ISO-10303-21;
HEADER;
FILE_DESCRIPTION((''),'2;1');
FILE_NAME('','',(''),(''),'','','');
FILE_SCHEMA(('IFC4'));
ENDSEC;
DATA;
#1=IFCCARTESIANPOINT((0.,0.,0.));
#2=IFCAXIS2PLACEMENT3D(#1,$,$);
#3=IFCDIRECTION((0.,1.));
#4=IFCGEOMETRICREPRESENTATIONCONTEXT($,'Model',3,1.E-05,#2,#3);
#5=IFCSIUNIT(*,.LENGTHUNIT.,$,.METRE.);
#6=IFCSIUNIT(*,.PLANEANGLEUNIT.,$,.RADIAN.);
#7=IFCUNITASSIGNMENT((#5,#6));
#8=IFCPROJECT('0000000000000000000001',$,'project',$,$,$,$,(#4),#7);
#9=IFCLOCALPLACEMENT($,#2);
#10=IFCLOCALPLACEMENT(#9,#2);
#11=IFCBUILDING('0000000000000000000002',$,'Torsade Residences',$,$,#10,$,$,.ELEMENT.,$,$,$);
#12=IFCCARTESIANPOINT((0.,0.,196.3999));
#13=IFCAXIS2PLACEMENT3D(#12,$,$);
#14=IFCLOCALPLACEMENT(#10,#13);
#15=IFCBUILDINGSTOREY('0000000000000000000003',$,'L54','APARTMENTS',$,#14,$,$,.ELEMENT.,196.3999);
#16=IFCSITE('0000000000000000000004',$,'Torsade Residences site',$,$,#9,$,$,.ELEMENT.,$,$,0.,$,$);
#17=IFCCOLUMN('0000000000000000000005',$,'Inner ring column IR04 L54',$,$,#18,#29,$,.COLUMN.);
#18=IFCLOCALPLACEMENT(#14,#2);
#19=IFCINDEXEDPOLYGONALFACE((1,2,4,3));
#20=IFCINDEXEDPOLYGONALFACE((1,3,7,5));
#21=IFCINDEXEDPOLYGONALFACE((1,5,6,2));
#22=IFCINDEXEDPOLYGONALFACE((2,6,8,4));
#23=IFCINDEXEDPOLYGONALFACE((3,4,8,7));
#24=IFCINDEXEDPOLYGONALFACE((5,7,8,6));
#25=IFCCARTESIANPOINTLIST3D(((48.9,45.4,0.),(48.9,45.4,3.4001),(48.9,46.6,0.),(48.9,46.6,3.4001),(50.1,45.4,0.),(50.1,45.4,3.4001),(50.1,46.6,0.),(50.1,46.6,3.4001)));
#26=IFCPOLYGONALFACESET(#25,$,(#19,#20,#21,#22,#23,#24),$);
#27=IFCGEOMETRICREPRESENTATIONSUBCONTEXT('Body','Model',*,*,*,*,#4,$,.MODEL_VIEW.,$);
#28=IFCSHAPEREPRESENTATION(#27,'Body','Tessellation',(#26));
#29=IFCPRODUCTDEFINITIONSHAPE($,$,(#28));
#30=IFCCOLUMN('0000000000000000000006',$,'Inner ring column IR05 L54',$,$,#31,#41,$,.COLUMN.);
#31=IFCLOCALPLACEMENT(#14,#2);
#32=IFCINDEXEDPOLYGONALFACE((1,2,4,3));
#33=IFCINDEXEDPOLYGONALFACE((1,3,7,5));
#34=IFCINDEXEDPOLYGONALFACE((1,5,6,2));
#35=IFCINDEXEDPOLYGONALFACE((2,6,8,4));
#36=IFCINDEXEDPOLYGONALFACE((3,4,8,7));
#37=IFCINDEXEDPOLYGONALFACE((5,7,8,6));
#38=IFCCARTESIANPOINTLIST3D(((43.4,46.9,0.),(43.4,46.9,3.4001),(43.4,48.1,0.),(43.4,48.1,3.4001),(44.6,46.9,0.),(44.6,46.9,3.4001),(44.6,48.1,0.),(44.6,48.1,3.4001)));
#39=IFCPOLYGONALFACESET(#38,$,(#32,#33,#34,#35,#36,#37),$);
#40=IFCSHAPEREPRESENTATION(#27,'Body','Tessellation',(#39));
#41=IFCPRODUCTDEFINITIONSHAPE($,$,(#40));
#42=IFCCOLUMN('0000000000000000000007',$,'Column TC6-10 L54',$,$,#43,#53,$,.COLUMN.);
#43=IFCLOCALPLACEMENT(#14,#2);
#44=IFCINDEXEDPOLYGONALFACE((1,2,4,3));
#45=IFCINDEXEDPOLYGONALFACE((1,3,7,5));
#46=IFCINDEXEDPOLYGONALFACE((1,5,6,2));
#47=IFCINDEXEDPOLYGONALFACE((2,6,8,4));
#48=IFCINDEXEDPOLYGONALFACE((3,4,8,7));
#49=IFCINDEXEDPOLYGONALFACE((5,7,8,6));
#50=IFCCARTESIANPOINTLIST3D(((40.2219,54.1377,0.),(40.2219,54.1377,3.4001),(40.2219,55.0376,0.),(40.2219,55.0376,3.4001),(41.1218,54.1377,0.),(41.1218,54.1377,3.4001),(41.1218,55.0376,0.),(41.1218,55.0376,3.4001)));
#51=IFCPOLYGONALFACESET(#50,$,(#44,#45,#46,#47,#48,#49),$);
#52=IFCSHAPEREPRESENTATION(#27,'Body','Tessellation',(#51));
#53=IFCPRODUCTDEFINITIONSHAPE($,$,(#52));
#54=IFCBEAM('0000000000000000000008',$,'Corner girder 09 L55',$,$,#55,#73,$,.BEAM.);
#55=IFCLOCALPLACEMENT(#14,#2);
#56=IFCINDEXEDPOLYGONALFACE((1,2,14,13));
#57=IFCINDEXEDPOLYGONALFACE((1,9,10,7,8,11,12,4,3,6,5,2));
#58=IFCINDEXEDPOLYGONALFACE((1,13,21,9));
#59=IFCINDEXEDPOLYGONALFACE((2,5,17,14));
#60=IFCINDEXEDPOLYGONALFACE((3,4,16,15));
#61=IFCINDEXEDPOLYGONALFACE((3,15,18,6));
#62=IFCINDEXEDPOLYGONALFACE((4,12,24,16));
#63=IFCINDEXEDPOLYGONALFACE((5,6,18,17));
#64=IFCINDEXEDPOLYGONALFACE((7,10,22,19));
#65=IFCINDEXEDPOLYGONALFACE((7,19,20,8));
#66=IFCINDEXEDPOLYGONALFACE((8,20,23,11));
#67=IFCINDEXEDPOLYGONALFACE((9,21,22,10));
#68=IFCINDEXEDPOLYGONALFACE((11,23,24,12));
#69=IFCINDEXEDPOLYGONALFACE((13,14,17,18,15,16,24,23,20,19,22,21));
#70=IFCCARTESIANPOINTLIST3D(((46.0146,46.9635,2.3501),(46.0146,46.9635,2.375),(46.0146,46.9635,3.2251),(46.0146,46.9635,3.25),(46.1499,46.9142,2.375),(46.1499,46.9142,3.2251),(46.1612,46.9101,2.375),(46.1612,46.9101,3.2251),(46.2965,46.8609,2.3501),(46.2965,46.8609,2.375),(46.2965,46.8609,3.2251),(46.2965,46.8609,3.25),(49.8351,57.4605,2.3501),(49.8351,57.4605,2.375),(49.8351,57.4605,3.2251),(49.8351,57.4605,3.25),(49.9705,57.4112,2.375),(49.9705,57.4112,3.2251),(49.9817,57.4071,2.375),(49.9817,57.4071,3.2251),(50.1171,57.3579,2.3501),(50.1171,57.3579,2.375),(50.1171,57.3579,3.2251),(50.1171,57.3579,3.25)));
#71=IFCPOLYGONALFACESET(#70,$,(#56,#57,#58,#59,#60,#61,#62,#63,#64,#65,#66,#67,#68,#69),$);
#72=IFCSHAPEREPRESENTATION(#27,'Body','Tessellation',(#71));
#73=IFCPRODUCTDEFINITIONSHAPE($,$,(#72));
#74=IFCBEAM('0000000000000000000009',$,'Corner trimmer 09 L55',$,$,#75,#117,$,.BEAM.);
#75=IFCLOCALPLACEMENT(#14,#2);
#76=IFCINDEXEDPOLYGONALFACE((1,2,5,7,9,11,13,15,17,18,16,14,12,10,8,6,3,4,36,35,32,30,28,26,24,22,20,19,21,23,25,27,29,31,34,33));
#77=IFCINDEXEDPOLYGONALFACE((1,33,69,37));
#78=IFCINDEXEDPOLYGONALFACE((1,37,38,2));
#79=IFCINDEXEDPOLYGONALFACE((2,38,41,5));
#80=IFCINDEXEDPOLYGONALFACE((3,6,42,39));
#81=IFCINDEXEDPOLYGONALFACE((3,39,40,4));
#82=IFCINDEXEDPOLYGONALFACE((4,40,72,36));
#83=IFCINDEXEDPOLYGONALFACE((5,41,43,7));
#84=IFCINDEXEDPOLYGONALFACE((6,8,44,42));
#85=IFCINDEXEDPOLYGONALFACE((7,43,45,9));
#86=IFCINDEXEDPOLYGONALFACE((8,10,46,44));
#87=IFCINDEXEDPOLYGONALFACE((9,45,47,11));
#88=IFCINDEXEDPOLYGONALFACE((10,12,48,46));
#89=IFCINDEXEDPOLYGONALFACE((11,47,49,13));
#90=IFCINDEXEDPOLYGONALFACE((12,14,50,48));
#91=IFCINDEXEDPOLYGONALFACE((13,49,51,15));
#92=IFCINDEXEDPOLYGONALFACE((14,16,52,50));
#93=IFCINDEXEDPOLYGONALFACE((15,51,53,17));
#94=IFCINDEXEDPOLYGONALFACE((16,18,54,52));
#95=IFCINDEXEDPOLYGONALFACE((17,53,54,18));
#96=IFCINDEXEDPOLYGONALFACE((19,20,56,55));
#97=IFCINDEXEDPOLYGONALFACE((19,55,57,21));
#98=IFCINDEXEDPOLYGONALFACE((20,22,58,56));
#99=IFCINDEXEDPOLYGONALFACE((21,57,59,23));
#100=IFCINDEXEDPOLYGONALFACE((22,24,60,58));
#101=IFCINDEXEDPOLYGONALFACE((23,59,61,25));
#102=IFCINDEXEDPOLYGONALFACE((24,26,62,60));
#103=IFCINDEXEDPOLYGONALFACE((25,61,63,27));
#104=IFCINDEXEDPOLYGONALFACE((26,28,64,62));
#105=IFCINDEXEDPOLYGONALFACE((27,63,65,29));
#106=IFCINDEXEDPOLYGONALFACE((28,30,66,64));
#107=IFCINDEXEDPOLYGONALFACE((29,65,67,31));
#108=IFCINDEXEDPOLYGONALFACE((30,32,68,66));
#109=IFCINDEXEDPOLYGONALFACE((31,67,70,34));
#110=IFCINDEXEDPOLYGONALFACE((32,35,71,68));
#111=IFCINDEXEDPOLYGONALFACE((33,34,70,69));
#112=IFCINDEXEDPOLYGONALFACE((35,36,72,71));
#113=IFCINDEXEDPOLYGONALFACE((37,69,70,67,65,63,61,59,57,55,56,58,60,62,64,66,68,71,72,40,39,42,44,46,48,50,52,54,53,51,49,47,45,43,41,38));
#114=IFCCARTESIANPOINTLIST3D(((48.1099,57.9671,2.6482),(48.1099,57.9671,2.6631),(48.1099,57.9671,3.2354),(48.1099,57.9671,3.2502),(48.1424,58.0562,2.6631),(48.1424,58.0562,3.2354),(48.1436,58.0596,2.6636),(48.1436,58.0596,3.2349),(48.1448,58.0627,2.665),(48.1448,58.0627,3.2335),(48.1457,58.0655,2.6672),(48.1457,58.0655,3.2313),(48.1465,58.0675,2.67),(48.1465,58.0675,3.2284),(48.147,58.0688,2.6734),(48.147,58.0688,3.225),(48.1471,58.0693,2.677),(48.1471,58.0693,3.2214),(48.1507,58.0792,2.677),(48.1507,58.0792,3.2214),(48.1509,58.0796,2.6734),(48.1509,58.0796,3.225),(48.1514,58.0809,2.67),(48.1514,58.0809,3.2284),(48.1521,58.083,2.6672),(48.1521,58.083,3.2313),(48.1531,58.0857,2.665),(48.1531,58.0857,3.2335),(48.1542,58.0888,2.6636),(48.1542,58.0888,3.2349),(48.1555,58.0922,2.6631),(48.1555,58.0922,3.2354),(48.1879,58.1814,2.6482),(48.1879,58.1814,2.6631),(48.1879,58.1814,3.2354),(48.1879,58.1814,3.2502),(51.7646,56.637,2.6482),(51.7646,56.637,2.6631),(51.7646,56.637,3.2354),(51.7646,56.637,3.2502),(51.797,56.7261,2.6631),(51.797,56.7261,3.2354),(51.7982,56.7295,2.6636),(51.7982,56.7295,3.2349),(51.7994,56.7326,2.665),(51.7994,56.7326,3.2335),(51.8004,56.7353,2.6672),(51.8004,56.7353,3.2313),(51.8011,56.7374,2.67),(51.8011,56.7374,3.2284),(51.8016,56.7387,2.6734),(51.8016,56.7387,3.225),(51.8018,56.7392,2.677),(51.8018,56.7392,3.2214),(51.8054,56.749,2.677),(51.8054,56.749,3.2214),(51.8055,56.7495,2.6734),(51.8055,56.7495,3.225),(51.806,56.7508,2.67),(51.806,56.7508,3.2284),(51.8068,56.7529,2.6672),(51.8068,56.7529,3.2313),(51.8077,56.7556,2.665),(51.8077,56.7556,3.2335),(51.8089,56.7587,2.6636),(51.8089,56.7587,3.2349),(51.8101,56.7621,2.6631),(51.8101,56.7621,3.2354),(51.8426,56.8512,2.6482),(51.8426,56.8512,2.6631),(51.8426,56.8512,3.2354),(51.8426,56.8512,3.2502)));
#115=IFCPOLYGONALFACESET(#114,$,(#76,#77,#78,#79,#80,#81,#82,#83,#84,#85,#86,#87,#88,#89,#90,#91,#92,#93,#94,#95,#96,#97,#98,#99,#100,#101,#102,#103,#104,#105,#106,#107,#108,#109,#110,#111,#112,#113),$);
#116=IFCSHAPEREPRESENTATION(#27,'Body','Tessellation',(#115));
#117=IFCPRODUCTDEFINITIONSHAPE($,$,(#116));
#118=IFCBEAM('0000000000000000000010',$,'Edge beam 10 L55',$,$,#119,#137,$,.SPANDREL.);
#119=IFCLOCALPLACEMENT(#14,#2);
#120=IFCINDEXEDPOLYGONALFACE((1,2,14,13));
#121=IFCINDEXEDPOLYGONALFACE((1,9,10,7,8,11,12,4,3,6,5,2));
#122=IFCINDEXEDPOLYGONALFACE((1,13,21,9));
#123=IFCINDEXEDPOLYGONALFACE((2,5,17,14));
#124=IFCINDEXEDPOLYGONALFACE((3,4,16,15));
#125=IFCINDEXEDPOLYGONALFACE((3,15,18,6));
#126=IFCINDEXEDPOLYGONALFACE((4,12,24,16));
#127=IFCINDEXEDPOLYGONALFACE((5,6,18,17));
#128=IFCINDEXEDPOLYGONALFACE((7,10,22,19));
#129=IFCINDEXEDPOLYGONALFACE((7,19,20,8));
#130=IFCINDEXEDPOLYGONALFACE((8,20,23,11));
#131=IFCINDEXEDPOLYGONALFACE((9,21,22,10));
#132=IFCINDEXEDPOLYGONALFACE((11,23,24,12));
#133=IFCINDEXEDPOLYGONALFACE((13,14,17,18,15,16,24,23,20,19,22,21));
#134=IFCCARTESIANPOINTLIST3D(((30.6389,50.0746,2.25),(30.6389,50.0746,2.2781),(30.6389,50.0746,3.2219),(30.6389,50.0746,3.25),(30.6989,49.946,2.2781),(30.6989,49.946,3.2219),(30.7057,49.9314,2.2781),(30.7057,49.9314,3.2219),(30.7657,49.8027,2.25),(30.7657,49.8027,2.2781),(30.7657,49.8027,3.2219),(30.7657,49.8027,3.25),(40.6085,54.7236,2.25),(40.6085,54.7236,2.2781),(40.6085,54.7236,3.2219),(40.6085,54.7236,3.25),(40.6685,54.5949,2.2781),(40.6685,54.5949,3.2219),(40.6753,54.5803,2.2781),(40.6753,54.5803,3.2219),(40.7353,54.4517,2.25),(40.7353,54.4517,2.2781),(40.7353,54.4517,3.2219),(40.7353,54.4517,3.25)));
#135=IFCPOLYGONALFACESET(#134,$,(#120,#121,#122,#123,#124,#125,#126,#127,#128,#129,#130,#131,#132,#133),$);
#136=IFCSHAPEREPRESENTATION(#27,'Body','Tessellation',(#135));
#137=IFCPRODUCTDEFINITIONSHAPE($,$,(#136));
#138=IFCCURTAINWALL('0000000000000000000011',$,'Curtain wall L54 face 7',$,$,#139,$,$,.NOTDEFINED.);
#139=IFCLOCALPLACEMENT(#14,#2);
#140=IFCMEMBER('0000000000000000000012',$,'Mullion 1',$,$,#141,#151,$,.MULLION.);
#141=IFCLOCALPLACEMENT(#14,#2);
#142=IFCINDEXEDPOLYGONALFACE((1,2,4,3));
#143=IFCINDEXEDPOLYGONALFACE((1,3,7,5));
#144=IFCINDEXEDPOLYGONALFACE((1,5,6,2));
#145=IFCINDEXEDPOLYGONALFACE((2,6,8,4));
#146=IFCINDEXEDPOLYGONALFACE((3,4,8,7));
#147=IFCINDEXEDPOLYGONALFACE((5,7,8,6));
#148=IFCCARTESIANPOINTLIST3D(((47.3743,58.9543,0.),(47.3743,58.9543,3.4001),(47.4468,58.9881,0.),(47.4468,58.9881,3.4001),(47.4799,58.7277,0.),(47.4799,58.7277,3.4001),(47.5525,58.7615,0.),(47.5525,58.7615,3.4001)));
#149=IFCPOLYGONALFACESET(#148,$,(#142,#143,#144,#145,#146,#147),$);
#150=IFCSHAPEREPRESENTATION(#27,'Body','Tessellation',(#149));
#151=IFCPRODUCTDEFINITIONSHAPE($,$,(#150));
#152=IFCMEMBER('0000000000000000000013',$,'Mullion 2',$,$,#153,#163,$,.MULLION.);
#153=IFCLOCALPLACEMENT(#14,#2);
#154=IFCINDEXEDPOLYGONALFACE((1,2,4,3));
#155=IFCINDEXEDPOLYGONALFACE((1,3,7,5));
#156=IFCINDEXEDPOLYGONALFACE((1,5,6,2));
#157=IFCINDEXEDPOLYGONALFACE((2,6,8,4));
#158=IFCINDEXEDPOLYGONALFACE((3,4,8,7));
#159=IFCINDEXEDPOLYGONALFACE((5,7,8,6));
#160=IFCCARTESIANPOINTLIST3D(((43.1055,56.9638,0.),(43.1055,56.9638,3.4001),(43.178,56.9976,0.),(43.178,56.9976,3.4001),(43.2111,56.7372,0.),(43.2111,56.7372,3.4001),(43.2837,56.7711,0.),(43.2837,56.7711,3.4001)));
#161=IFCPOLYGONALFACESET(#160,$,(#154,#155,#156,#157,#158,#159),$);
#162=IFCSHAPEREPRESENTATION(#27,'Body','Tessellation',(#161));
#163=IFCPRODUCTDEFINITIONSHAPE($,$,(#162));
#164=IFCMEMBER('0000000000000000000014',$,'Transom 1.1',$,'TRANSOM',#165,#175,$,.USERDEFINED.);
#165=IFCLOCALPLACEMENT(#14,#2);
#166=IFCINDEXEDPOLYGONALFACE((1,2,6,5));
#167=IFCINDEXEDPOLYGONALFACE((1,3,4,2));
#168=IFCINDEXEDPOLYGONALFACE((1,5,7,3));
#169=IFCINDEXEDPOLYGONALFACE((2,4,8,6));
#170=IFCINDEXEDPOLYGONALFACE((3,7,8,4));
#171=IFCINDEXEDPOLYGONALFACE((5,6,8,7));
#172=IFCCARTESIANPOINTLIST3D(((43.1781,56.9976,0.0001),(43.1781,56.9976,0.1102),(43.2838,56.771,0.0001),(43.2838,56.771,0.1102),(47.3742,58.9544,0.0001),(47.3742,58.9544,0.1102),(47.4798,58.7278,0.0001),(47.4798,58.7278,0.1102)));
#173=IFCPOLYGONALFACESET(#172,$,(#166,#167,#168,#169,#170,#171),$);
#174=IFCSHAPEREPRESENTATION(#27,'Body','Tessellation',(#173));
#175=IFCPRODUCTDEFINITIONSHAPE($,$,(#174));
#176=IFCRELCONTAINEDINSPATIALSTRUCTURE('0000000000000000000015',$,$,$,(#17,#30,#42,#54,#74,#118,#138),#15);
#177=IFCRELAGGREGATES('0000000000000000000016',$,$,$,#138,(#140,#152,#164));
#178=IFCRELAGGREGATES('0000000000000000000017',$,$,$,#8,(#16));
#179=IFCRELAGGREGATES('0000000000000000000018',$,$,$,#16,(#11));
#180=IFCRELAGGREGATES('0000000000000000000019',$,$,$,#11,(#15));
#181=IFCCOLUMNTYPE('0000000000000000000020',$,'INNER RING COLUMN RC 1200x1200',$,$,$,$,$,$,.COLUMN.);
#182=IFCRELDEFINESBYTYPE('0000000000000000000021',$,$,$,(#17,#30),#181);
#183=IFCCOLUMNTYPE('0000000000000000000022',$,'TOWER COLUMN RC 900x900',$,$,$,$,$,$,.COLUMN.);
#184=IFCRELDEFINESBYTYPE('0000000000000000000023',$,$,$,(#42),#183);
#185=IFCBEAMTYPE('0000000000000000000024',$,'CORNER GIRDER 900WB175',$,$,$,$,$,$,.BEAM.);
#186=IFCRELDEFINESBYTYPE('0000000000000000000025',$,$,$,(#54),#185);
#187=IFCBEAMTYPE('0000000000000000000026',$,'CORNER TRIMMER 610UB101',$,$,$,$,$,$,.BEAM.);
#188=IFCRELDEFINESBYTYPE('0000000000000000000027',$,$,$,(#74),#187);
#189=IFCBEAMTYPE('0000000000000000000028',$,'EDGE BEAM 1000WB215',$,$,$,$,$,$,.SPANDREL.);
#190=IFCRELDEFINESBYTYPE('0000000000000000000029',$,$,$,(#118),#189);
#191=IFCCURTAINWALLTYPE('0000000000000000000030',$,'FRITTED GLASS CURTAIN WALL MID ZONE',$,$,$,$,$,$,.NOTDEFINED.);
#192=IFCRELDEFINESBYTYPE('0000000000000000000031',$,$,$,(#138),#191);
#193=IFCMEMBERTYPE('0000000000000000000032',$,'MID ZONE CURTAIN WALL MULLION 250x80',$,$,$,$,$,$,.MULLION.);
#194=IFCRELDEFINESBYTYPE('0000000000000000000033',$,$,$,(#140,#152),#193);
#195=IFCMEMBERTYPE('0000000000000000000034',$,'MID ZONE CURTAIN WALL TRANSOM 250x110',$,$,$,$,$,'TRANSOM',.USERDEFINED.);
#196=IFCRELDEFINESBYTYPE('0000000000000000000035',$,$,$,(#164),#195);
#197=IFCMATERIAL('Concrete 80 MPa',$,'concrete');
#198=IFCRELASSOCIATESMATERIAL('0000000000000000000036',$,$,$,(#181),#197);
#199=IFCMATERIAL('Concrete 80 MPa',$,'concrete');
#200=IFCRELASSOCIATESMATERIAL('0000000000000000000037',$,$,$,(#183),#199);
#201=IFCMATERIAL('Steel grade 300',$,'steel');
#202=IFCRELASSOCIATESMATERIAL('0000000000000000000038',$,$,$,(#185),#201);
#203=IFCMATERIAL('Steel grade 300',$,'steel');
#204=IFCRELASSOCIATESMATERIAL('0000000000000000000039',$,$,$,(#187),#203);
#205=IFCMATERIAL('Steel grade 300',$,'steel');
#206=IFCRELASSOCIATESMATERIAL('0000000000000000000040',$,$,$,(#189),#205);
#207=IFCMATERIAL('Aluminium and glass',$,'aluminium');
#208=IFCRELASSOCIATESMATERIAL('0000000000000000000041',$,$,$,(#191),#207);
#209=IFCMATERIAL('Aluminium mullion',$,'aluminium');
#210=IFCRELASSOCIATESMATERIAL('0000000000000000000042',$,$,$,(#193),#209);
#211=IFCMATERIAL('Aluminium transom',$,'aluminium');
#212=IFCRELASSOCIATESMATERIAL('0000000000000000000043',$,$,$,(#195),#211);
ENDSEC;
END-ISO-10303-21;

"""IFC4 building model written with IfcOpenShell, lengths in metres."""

from ifc_helpers import new_model, si_unit, direction, frame, origin, origin_2d, place, context, subcontext, project, spatial, rectangle, i_section, extrude, material, material_profile, profile_set, type_object, element, aggregate, save


model = new_model("IFC4")

# Units and contexts
model_context = context("Model", 3, precision=1e-05, world=origin(), true_north=direction((0.0, 1.0)))
body_context = subcontext(model_context, "Body", "Model", "MODEL_VIEW")
ifc_project = project(units=[si_unit("LENGTHUNIT", "METRE"), si_unit("PLANEANGLEUNIT", "RADIAN")], contexts=[model_context])

# Site, building, storey
site_placement = place(None, origin())
site = spatial("IfcSite", under=ifc_project, at=site_placement, Name="Torsade Residences site", CompositionType="ELEMENT", RefElevation=0.0)
building_placement = place(site_placement, origin())
building = spatial("IfcBuilding", under=site, at=building_placement, Name="Torsade Residences", CompositionType="ELEMENT")
storey_placement = place(building_placement, frame((0.0, 0.0, 196.3999)))
storey = spatial("IfcBuildingStorey", under=building, at=storey_placement, Name="L54", Description="APARTMENTS", CompositionType="ELEMENT", Elevation=196.3999)

# Columns
ifc_material_1 = material(Name="Concrete 80 MPa", Category="concrete")
ifc_material_profile_1 = material_profile(ifc_material_1, rectangle(XDim=1.2, YDim=1.2, at=origin_2d()), Name="RC 1200x1200")
ifc_profile_set_1 = profile_set([ifc_material_profile_1], Name="Concrete 80 MPa")
column_type_1 = type_object("IfcColumnType", Name="INNER RING COLUMN RC 1200x1200", PredefinedType="COLUMN", material=ifc_profile_set_1)
for number, where, z_axis, x_axis, name in (
    (1, (49.5, 46.0, 0.0), (0.0, 0.0, 1.0), (1.0, 0.0, 0.0), "Inner ring column IR04 L54"),
    (2, (44.0, 47.5, 0.0), (0.0, 0.0, 1.0), (1.0, 0.0, 0.0), "Inner ring column IR05 L54"),
):
    element("IfcColumn", number, at=place(storey_placement, frame(where, z_axis=z_axis, x_axis=x_axis)), inside=storey, type_object=column_type_1, Name=name, PredefinedType="COLUMN", context=body_context, shape_type="SweptSolid", body=[
        extrude(rectangle(XDim=1.2, YDim=1.2, at=origin_2d()), origin(), (0.0, 0.0, 1.0), 3.4001),
    ])
ifc_material_2 = material(Name="Concrete 80 MPa", Category="concrete")
ifc_material_profile_2 = material_profile(ifc_material_2, rectangle(XDim=0.8999, YDim=0.8999, at=origin_2d()), Name="RC 900x900")
ifc_profile_set_2 = profile_set([ifc_material_profile_2], Name="Concrete 80 MPa")
column_type_2 = type_object("IfcColumnType", Name="TOWER COLUMN RC 900x900", PredefinedType="COLUMN", material=ifc_profile_set_2)
column_placement = place(storey_placement, frame((40.6719, 54.5876, 0.0), z_axis=(0.0, 0.0, 1.0), x_axis=(1.0, 0.0, 0.0)))
element("IfcColumn", 3, at=column_placement, inside=storey, type_object=column_type_2, Name="Column TC6-10 L54", PredefinedType="COLUMN", context=body_context, shape_type="SweptSolid", body=[
    extrude(rectangle(XDim=0.8999, YDim=0.8999, at=origin_2d()), origin(), (0.0, 0.0, 1.0), 3.4001),
])

# Beams
ifc_material_3 = material(Name="Steel grade 300", Category="steel")
ifc_material_profile_3 = material_profile(ifc_material_3, i_section(OverallWidth=0.3, OverallDepth=0.8999, WebThickness=0.012, FlangeThickness=0.0249, at=origin_2d()), Name="900WB175")
ifc_profile_set_3 = profile_set([ifc_material_profile_3], Name="Steel grade 300")
beam_type_1 = type_object("IfcBeamType", Name="CORNER GIRDER 900WB175", PredefinedType="BEAM", material=ifc_profile_set_3)
beam_1_placement = place(storey_placement, frame((49.9761, 57.4092, 2.8), z_axis=(-0.342015, -0.939694, 0.0), x_axis=(0.939694, -0.342015, 0.0)))
element("IfcBeam", 4, at=beam_1_placement, inside=storey, type_object=beam_type_1, Name="Corner girder 09 L55", PredefinedType="BEAM", context=body_context, shape_type="SweptSolid", body=[
    extrude(i_section(OverallWidth=0.3, OverallDepth=0.8999, WebThickness=0.012, FlangeThickness=0.0249, at=origin_2d()), origin(), (0.0, 0.0, 1.0), 11.1707),
])
ifc_material_4 = material(Name="Steel grade 300", Category="steel")
ifc_material_profile_4 = material_profile(ifc_material_4, i_section(OverallWidth=0.228, OverallDepth=0.6021, WebThickness=0.0105, FlangeThickness=0.0149, FilletRadius=0.0139, at=origin_2d()), Name="610UB101")
ifc_profile_set_4 = profile_set([ifc_material_profile_4], Name="Steel grade 300")
beam_type_2 = type_object("IfcBeamType", Name="CORNER TRIMMER 610UB101", PredefinedType="BEAM", material=ifc_profile_set_4)
beam_2_placement = place(storey_placement, frame((48.1489, 58.0742, 2.9492), z_axis=(0.939698, -0.342005, 0.0), x_axis=(0.342005, 0.939698, 0.0)))
element("IfcBeam", 5, at=beam_2_placement, inside=storey, type_object=beam_type_2, Name="Corner trimmer 09 L55", PredefinedType="BEAM", context=body_context, shape_type="SweptSolid", body=[
    extrude(i_section(OverallWidth=0.228, OverallDepth=0.6021, WebThickness=0.0105, FlangeThickness=0.0149, FilletRadius=0.0139, at=origin_2d()), origin(), (0.0, 0.0, 1.0), 3.8892),
])
ifc_material_5 = material(Name="Steel grade 300", Category="steel")
ifc_material_profile_5 = material_profile(ifc_material_5, i_section(OverallWidth=0.3, OverallDepth=1.0, WebThickness=0.0161, FlangeThickness=0.0281, at=origin_2d()), Name="1000WB215")
ifc_profile_set_5 = profile_set([ifc_material_profile_5], Name="Steel grade 300")
beam_type_3 = type_object("IfcBeamType", Name="EDGE BEAM 1000WB215", PredefinedType="SPANDREL", material=ifc_profile_set_5)
beam_3_placement = place(storey_placement, frame((40.6719, 54.5876, 2.75), z_axis=(-0.906305, -0.422624, 0.0), x_axis=(0.422624, -0.906305, 0.0)))
element("IfcBeam", 6, at=beam_3_placement, inside=storey, type_object=beam_type_3, Name="Edge beam 10 L55", PredefinedType="SPANDREL", context=body_context, shape_type="SweptSolid", body=[
    extrude(i_section(OverallWidth=0.3, OverallDepth=1.0, WebThickness=0.0161, FlangeThickness=0.0281, at=origin_2d()), origin(), (0.0, 0.0, 1.0), 11.0002),
])

# Curtain wall, members
ifc_material_6 = material(Name="Aluminium and glass", Category="aluminium")
curtain_wall_type = type_object("IfcCurtainWallType", Name="FRITTED GLASS CURTAIN WALL MID ZONE", PredefinedType="NOTDEFINED", material=ifc_material_6)
curtain_wall_placement = place(storey_placement, origin())
curtain_wall = element("IfcCurtainWall", 7, at=curtain_wall_placement, inside=storey, type_object=curtain_wall_type, Name="Curtain wall L54 face 7", PredefinedType="NOTDEFINED")
ifc_material_7 = material(Name="Aluminium mullion", Category="aluminium")
ifc_material_profile_6 = material_profile(ifc_material_7, rectangle(XDim=0.25, YDim=0.0801, at=origin_2d()), Name="MID ZONE CURTAIN WALL MULLION 250x80")
ifc_profile_set_6 = profile_set([ifc_material_profile_6], Name="Aluminium mullion")
member_type_1 = type_object("IfcMemberType", Name="MID ZONE CURTAIN WALL MULLION 250x80", PredefinedType="MULLION", material=ifc_profile_set_6)
member_1_placement = place(storey_placement, frame((47.4634, 58.8579, 0.0), z_axis=(0.0, 0.0, 1.0), x_axis=(0.422618, -0.906308, 0.0)))
member_1 = element("IfcMember", 8, at=member_1_placement, type_object=member_type_1, Name="Mullion 1", PredefinedType="MULLION", context=body_context, shape_type="SweptSolid", body=[
    extrude(rectangle(XDim=0.25, YDim=0.0801, at=origin_2d()), origin(), (0.0, 0.0, 1.0), 3.4001),
])
member_2_placement = place(storey_placement, frame((43.1946, 56.8674, 0.0), z_axis=(0.0, 0.0, 1.0), x_axis=(0.422618, -0.906308, 0.0)))
member_2 = element("IfcMember", 9, at=member_2_placement, type_object=member_type_1, Name="Mullion 2", PredefinedType="MULLION", context=body_context, shape_type="SweptSolid", body=[
    extrude(rectangle(XDim=0.25, YDim=0.0801, at=origin_2d()), origin(), (0.0, 0.0, 1.0), 3.4001),
])
ifc_material_8 = material(Name="Aluminium transom", Category="aluminium")
ifc_material_profile_7 = material_profile(ifc_material_8, rectangle(XDim=0.25, YDim=0.1101, at=origin_2d()), Name="MID ZONE CURTAIN WALL TRANSOM 250x110")
ifc_profile_set_7 = profile_set([ifc_material_profile_7], Name="Aluminium transom")
member_type_2 = type_object("IfcMemberType", Name="MID ZONE CURTAIN WALL TRANSOM 250x110", ElementType="TRANSOM", PredefinedType="USERDEFINED", material=ifc_profile_set_7)
member_3_placement = place(storey_placement, frame((47.427, 58.8411, 0.0552), z_axis=(-0.906296, -0.422643, 0.0), x_axis=(0.422643, -0.906296, 0.0)))
member_3 = element("IfcMember", 10, at=member_3_placement, type_object=member_type_2, Name="Transom 1.1", ObjectType="TRANSOM", PredefinedType="USERDEFINED", context=body_context, shape_type="SweptSolid", body=[
    extrude(rectangle(XDim=0.25, YDim=0.1101, at=origin_2d()), origin(), (0.0, 0.0, 1.0), 4.6299),
])

aggregate(curtain_wall, [member_1, member_2, member_3])

save(model, "model.ifc")
